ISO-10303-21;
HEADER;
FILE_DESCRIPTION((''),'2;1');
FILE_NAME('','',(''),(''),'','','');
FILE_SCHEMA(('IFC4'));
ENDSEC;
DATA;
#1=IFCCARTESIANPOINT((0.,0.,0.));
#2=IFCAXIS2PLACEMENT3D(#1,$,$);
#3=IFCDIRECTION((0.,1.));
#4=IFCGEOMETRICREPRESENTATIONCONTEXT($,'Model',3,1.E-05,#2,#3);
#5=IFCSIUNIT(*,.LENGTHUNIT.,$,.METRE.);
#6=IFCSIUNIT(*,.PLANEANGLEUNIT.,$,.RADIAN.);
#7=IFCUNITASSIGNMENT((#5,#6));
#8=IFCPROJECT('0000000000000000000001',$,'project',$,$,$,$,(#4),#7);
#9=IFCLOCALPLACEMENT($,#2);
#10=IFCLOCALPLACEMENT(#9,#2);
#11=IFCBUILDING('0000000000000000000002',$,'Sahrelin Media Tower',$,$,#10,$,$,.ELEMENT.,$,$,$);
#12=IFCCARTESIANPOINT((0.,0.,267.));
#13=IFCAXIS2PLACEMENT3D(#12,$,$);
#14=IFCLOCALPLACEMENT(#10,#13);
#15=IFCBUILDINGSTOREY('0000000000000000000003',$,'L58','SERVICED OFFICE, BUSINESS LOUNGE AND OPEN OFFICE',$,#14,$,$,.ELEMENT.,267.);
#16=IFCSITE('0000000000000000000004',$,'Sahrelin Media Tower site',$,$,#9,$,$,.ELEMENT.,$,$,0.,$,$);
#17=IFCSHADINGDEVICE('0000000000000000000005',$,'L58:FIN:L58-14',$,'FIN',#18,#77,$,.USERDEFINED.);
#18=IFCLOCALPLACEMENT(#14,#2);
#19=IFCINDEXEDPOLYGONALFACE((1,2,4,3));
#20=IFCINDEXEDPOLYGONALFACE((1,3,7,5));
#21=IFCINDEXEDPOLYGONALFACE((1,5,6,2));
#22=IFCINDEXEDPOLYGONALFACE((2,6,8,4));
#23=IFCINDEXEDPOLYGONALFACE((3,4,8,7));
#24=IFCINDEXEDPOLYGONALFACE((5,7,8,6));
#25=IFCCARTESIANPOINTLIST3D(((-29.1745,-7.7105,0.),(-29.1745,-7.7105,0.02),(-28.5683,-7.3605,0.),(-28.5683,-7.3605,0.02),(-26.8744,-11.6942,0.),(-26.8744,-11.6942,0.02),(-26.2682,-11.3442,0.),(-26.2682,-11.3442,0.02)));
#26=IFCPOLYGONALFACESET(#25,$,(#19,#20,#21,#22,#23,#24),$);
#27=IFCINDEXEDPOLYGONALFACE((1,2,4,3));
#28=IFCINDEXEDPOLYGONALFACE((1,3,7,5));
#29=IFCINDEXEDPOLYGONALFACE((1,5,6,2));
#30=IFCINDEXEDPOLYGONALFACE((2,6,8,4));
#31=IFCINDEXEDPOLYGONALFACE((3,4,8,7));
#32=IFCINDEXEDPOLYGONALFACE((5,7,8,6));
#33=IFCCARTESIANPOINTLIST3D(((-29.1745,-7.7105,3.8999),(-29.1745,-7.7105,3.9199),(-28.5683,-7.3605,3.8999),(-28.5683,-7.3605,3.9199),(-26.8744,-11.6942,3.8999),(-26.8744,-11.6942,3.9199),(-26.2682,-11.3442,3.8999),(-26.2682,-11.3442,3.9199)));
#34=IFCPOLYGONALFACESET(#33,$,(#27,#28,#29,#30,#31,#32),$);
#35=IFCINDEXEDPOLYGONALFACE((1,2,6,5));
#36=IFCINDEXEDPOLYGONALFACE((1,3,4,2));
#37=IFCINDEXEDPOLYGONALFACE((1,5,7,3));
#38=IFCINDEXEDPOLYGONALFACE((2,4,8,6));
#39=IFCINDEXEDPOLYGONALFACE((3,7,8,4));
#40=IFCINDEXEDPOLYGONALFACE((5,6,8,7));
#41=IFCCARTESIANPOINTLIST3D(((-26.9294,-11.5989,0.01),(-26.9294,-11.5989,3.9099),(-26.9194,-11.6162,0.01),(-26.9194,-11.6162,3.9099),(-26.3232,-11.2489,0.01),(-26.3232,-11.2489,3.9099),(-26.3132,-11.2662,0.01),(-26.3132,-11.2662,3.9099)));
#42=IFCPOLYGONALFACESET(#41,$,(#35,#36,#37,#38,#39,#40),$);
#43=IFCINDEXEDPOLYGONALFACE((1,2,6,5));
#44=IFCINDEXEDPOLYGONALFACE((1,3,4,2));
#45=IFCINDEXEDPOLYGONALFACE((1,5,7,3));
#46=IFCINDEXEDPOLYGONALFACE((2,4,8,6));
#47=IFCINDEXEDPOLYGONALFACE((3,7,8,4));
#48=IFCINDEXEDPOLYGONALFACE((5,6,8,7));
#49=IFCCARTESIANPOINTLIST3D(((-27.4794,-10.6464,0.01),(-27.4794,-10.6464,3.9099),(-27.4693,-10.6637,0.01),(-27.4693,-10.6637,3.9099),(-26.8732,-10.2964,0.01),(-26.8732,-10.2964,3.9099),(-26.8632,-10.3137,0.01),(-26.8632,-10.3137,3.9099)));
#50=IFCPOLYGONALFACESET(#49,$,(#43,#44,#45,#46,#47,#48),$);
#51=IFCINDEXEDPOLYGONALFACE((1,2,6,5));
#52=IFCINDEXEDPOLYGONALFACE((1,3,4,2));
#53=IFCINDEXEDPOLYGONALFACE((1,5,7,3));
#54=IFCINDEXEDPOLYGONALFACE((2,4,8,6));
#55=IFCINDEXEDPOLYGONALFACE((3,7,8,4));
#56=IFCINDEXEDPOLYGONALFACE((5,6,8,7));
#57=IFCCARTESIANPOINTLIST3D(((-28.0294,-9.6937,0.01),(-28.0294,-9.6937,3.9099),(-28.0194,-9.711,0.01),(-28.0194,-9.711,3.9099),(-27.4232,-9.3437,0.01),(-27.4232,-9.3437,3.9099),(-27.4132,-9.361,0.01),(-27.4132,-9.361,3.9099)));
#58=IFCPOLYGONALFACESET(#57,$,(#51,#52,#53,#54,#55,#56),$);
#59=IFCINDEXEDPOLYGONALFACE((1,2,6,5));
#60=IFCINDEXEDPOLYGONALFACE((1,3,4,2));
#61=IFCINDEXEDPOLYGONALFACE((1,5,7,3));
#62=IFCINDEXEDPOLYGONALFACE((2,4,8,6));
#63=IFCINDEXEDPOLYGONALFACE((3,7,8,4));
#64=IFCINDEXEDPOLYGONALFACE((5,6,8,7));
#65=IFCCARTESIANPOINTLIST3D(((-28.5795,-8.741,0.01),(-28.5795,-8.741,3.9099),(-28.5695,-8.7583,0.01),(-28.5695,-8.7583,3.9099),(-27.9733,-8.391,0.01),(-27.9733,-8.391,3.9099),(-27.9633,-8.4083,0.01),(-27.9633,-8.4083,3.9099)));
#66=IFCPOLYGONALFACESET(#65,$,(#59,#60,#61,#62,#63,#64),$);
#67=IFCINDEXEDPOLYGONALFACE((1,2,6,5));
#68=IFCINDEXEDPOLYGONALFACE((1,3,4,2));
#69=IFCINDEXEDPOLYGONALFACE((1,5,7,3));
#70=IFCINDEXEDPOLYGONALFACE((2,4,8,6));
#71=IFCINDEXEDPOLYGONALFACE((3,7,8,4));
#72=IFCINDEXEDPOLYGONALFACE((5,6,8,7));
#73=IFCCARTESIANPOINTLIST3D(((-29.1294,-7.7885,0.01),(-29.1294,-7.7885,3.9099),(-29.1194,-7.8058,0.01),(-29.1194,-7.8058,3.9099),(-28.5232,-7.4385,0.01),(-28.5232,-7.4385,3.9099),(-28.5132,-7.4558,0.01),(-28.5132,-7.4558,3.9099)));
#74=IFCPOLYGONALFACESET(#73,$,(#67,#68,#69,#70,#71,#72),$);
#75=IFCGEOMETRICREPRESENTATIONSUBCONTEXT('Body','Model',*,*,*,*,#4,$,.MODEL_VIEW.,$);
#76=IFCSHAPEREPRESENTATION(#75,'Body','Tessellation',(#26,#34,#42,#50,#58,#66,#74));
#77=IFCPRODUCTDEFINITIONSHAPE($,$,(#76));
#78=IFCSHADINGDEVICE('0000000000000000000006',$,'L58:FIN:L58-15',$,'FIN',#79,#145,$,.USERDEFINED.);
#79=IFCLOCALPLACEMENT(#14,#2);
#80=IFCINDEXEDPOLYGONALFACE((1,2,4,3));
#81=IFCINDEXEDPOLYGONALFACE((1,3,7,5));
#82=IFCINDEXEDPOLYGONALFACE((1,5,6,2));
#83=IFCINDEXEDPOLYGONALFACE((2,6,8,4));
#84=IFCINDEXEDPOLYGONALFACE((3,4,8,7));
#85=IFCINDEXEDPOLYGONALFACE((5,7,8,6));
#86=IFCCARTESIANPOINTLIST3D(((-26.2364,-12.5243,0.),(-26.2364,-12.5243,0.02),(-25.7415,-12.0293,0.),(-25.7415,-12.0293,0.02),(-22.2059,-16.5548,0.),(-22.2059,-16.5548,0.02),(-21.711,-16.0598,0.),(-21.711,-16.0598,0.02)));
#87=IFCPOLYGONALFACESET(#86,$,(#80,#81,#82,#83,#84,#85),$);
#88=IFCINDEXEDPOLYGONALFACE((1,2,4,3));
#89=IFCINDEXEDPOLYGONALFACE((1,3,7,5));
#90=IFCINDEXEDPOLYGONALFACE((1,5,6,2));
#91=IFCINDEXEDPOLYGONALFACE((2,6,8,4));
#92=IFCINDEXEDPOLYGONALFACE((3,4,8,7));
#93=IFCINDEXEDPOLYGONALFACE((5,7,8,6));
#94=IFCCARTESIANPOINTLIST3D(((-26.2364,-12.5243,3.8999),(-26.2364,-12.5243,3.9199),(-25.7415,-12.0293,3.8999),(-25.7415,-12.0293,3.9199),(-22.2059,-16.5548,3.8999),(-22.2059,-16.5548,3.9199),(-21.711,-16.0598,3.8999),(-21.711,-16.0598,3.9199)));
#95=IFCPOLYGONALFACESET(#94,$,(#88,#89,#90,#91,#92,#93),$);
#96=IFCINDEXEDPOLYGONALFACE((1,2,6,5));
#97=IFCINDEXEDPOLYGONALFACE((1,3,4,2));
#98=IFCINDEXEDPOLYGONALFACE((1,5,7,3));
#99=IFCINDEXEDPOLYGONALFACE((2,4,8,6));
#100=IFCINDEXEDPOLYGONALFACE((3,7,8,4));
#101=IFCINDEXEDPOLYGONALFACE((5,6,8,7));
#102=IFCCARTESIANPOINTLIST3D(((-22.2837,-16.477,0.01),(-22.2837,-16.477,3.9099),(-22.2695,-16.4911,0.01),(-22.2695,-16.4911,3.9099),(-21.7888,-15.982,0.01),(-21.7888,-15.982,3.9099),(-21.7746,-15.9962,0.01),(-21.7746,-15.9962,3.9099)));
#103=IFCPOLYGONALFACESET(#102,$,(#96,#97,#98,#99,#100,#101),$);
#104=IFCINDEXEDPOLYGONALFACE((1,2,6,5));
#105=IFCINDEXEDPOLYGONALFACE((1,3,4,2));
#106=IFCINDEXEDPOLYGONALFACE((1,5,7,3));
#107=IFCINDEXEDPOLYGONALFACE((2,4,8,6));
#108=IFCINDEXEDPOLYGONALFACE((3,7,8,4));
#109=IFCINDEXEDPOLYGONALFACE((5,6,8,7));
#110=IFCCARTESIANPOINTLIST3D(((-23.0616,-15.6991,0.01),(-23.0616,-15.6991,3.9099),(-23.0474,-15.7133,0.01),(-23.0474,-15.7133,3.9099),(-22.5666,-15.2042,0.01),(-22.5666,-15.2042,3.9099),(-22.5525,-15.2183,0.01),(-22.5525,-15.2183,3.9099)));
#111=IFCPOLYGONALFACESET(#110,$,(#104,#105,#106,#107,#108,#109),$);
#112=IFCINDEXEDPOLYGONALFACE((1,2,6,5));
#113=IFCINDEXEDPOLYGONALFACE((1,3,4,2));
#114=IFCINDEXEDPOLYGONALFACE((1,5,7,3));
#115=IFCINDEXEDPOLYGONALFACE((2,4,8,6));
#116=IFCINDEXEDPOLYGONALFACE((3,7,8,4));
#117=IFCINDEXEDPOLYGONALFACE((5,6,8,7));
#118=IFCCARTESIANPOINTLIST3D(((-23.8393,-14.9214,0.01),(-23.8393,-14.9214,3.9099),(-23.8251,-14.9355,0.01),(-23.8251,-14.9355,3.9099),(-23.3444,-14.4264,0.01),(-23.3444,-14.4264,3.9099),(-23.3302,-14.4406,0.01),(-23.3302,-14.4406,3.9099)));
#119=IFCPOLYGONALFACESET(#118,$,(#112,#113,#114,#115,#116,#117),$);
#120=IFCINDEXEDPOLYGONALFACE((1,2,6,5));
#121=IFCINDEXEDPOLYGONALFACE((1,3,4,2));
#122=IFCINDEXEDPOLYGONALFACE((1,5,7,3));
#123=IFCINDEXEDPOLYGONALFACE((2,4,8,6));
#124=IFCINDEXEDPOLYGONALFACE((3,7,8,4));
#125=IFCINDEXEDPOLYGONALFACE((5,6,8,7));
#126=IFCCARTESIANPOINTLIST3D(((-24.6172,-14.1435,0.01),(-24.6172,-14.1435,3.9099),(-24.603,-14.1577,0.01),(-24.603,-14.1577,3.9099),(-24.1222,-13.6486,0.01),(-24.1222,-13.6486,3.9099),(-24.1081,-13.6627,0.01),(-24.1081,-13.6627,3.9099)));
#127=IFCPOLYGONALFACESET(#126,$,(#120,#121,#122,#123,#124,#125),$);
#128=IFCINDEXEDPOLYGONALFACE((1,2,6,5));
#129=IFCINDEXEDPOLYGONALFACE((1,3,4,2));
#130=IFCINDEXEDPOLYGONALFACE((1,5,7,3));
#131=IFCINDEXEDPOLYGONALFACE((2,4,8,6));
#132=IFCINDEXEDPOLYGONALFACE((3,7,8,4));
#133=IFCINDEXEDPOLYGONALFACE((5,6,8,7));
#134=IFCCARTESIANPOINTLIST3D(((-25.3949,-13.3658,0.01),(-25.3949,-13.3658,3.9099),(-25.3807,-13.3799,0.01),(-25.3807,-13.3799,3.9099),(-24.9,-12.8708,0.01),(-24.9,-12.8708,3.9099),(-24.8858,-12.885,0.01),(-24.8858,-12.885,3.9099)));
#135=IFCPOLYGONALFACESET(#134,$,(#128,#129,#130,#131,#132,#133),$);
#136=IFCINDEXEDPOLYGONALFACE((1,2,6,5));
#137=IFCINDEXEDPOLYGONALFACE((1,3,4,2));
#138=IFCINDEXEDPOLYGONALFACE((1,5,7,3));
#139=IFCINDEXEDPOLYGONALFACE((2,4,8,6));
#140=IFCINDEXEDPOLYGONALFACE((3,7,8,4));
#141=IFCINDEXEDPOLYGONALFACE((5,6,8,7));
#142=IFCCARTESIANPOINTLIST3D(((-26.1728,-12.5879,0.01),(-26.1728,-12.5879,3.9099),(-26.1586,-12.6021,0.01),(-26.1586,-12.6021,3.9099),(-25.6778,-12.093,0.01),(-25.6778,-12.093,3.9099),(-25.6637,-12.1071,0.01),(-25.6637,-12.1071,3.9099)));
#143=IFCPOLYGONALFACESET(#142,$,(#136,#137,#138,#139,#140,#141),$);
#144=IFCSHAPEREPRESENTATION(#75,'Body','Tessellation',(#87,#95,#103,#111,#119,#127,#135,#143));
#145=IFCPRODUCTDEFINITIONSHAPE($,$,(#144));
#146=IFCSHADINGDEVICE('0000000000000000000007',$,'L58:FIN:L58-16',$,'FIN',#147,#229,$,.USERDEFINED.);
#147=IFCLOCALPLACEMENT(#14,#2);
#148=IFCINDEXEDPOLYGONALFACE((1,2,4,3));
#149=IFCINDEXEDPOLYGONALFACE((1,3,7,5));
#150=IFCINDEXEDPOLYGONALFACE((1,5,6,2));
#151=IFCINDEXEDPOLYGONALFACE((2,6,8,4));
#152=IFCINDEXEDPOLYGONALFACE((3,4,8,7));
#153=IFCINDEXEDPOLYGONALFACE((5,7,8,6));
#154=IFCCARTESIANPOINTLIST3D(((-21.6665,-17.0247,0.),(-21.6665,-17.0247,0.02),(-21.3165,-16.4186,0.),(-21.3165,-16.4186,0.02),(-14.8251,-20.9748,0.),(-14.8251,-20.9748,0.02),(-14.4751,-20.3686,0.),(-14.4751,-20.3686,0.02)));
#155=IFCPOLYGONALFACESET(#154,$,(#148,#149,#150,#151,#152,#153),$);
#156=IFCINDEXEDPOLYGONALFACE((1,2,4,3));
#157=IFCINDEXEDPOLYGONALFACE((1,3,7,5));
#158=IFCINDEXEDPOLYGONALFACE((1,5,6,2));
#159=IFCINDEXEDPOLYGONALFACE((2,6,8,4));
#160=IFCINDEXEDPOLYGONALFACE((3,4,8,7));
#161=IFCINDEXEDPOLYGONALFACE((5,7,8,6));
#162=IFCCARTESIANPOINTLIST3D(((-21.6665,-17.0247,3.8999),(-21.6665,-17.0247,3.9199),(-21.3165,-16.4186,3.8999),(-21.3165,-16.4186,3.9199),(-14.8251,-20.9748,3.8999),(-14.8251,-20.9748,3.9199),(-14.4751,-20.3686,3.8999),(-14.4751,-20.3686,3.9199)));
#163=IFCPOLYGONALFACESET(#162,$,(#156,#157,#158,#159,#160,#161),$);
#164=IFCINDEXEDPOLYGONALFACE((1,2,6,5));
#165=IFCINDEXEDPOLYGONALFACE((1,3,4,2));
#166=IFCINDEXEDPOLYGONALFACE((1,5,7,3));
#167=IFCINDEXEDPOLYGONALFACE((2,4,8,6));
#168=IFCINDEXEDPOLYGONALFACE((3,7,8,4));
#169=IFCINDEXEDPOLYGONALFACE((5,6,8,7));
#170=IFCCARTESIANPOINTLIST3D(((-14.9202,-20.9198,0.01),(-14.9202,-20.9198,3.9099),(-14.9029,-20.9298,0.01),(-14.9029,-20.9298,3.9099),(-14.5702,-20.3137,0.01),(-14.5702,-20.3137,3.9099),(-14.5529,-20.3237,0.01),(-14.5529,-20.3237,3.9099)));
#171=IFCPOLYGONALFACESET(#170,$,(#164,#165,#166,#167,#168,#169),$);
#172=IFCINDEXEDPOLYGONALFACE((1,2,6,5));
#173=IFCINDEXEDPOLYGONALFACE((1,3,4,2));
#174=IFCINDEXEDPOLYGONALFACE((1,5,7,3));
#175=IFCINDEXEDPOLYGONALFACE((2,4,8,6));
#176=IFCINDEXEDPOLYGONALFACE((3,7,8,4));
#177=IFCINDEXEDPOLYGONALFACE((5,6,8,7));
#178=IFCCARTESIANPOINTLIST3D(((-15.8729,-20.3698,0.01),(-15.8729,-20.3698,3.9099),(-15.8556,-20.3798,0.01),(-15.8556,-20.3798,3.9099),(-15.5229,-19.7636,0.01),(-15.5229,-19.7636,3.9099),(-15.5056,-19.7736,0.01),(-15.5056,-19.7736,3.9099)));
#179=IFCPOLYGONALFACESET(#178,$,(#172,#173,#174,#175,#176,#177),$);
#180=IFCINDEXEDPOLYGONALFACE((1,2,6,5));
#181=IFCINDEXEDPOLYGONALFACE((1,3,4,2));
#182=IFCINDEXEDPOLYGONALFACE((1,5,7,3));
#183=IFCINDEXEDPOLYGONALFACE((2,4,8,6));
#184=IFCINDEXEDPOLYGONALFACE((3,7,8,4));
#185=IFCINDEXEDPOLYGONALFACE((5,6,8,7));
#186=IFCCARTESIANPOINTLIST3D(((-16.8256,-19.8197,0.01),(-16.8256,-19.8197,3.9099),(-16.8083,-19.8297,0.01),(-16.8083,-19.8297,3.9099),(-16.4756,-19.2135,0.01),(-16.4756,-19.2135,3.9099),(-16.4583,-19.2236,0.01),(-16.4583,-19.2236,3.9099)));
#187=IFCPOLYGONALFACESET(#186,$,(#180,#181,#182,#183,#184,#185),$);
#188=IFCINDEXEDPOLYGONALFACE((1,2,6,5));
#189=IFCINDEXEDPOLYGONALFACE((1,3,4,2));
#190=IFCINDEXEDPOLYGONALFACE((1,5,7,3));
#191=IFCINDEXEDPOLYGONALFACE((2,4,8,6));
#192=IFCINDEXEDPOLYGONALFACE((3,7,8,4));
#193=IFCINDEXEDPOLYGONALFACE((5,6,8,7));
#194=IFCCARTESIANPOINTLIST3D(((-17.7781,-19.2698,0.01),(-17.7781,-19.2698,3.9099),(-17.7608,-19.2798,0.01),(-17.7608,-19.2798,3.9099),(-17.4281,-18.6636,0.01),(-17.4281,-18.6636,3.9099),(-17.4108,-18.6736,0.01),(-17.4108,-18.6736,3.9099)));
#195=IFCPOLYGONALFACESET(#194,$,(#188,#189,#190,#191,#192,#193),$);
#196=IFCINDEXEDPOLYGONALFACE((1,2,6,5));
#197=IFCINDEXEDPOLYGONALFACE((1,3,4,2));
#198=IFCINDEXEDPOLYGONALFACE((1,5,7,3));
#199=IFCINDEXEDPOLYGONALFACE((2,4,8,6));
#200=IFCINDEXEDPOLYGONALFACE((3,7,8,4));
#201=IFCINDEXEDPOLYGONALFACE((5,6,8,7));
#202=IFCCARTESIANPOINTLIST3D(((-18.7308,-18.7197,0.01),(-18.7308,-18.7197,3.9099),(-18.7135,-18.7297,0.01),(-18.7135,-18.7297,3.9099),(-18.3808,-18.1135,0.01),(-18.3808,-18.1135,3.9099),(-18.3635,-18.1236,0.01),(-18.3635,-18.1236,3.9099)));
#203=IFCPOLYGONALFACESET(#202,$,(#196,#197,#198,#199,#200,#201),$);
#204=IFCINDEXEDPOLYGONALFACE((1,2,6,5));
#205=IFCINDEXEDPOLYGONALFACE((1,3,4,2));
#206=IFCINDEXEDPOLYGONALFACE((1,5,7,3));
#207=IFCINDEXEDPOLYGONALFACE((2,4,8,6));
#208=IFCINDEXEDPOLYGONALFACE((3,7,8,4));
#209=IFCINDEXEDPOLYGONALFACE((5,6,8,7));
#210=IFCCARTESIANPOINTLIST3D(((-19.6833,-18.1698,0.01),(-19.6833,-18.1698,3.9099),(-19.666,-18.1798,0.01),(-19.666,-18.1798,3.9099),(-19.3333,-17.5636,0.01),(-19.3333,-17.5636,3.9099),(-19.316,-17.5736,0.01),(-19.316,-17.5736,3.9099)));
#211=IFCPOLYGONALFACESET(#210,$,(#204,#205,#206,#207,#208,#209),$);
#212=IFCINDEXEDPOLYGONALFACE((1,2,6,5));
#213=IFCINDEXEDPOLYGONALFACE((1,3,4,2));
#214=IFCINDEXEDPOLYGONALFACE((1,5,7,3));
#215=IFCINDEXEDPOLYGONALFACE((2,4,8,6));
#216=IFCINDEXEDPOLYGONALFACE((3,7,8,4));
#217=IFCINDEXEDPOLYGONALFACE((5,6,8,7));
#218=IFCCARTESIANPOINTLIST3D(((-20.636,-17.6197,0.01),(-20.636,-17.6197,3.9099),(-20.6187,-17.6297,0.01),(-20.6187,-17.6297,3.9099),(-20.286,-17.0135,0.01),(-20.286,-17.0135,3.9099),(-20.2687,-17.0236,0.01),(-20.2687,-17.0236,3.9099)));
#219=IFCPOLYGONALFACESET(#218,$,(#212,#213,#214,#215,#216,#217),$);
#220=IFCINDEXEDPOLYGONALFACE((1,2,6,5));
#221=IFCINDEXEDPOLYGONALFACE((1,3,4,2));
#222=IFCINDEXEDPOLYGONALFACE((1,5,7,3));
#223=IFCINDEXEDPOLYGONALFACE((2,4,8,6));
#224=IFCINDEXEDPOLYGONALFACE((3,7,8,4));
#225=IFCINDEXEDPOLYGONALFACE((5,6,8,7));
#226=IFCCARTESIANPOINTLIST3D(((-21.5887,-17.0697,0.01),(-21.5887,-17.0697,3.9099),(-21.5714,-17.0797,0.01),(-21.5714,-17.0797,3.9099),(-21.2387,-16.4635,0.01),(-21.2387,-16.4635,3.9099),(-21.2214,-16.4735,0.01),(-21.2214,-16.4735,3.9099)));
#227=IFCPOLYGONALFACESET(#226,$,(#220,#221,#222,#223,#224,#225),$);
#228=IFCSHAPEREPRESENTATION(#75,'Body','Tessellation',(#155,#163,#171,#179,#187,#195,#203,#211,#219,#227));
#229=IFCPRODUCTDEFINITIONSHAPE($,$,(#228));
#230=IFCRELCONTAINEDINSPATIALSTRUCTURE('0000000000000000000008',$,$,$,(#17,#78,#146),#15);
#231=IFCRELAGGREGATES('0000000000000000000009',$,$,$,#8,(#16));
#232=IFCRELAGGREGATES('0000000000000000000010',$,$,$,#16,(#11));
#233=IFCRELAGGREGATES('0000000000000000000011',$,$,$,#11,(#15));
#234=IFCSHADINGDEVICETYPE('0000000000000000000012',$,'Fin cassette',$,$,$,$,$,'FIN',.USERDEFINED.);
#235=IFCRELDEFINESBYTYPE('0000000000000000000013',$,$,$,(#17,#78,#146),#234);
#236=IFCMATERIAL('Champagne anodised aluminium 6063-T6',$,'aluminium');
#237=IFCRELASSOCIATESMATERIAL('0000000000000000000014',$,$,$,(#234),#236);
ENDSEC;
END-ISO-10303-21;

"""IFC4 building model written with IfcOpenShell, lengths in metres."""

from ifc_helpers import new_model, si_unit, direction, frame, origin, origin_2d, place, context, subcontext, project, spatial, rectangle, extrude, material, type_object, element, save


model = new_model("IFC4")

# Units and contexts
model_context = context("Model", 3, precision=1e-05, world=origin(), true_north=direction((0.0, 1.0)))
body_context = subcontext(model_context, "Body", "Model", "MODEL_VIEW")
ifc_project = project(units=[si_unit("LENGTHUNIT", "METRE"), si_unit("PLANEANGLEUNIT", "RADIAN")], contexts=[model_context])

# Site, building, storey
site_placement = place(None, origin())
site = spatial("IfcSite", under=ifc_project, at=site_placement, Name="Sahrelin Media Tower site", CompositionType="ELEMENT", RefElevation=0.0)
building_placement = place(site_placement, origin())
building = spatial("IfcBuilding", under=site, at=building_placement, Name="Sahrelin Media Tower", CompositionType="ELEMENT")
storey_placement = place(building_placement, frame((0.0, 0.0, 267.0)))
storey = spatial("IfcBuildingStorey", under=building, at=storey_placement, Name="L58", Description="SERVICED OFFICE, BUSINESS LOUNGE AND OPEN OFFICE", CompositionType="ELEMENT", Elevation=267.0)

# Shared definitions
ifc_material_1 = material(Name="Champagne anodised aluminium 6063-T6", Category="aluminium")

# Shading devices
shading_device_type_1 = type_object("IfcShadingDeviceType", Name="Fin cassette", ElementType="FIN", PredefinedType="USERDEFINED", material=ifc_material_1)
placement_1 = place(storey_placement, frame((-27.3577, -9.3174, 0.0), z_axis=(0.0, 0.0, 1.0), x_axis=(-0.500011, 0.866019, 0.0)))
element("IfcShadingDevice", 1, at=placement_1, inside=storey, type_object=shading_device_type_1, Name="L58:FIN:L58-14", ObjectType="FIN", PredefinedType="USERDEFINED", context=body_context, shape_type="SweptSolid", body=[
    extrude(rectangle(XDim=4.6001, YDim=0.7, at=origin_2d()), frame((0.0, 0.4199, 0.0)), (0.0, 0.0, 1.0), 0.02),
    extrude(rectangle(XDim=4.6001, YDim=0.7, at=origin_2d()), frame((0.0, 0.4199, 3.8999)), (0.0, 0.0, 1.0), 0.02),
    extrude(rectangle(XDim=0.02, YDim=0.7, at=origin_2d()), frame((-2.2, 0.4199, 0.01), z_axis=(0.0, 0.0, 1.0), x_axis=(1.0, 0.0, 0.0)), (0.0, 0.0, 1.0), 3.8999),
    extrude(rectangle(XDim=0.02, YDim=0.7, at=origin_2d()), frame((-1.1001, 0.4199, 0.01), z_axis=(0.0, 0.0, 1.0), x_axis=(1.0, 0.0, 0.0)), (0.0, 0.0, 1.0), 3.8999),
    extrude(rectangle(XDim=0.02, YDim=0.7, at=origin_2d()), frame((0.0, 0.4199, 0.01), z_axis=(0.0, 0.0, 1.0), x_axis=(1.0, 0.0, 0.0)), (0.0, 0.0, 1.0), 3.8999),
    extrude(rectangle(XDim=0.02, YDim=0.7, at=origin_2d()), frame((1.1001, 0.4199, 0.01), z_axis=(0.0, 0.0, 1.0), x_axis=(1.0, 0.0, 0.0)), (0.0, 0.0, 1.0), 3.8999),
    extrude(rectangle(XDim=0.02, YDim=0.7, at=origin_2d()), frame((2.2, 0.4199, 0.01), z_axis=(0.0, 0.0, 1.0), x_axis=(1.0, 0.0, 0.0)), (0.0, 0.0, 1.0), 3.8999),
])
placement_2 = place(storey_placement, frame((-23.6768, -13.9951, 0.0), z_axis=(0.0, 0.0, 1.0), x_axis=(-0.707107, 0.707107, 0.0)))
element("IfcShadingDevice", 2, at=placement_2, inside=storey, type_object=shading_device_type_1, Name="L58:FIN:L58-15", ObjectType="FIN", PredefinedType="USERDEFINED", context=body_context, shape_type="SweptSolid", body=[
    extrude(rectangle(XDim=5.7, YDim=0.7, at=origin_2d()), frame((0.0, 0.4199, 0.0)), (0.0, 0.0, 1.0), 0.02),
    extrude(rectangle(XDim=5.7, YDim=0.7, at=origin_2d()), frame((0.0, 0.4199, 3.8999)), (0.0, 0.0, 1.0), 0.02),
    extrude(rectangle(XDim=0.02, YDim=0.7, at=origin_2d()), frame((-2.75, 0.4199, 0.01), z_axis=(0.0, 0.0, 1.0), x_axis=(1.0, 0.0, 0.0)), (0.0, 0.0, 1.0), 3.8999),
    extrude(rectangle(XDim=0.02, YDim=0.7, at=origin_2d()), frame((-1.6499, 0.4199, 0.01), z_axis=(0.0, 0.0, 1.0), x_axis=(1.0, 0.0, 0.0)), (0.0, 0.0, 1.0), 3.8999),
    extrude(rectangle(XDim=0.02, YDim=0.7, at=origin_2d()), frame((-0.55, 0.4199, 0.01), z_axis=(0.0, 0.0, 1.0), x_axis=(1.0, 0.0, 0.0)), (0.0, 0.0, 1.0), 3.8999),
    extrude(rectangle(XDim=0.02, YDim=0.7, at=origin_2d()), frame((0.55, 0.4199, 0.01), z_axis=(0.0, 0.0, 1.0), x_axis=(1.0, 0.0, 0.0)), (0.0, 0.0, 1.0), 3.8999),
    extrude(rectangle(XDim=0.02, YDim=0.7, at=origin_2d()), frame((1.6499, 0.4199, 0.01), z_axis=(0.0, 0.0, 1.0), x_axis=(1.0, 0.0, 0.0)), (0.0, 0.0, 1.0), 3.8999),
    extrude(rectangle(XDim=0.02, YDim=0.7, at=origin_2d()), frame((2.75, 0.4199, 0.01), z_axis=(0.0, 0.0, 1.0), x_axis=(1.0, 0.0, 0.0)), (0.0, 0.0, 1.0), 3.8999),
])
placement_3 = place(storey_placement, frame((-17.8608, -18.333, 0.0), z_axis=(0.0, 0.0, 1.0), x_axis=(-0.866019, 0.500011, 0.0)))
element("IfcShadingDevice", 3, at=placement_3, inside=storey, type_object=shading_device_type_1, Name="L58:FIN:L58-16", ObjectType="FIN", PredefinedType="USERDEFINED", context=body_context, shape_type="SweptSolid", body=[
    extrude(rectangle(XDim=7.8999, YDim=0.7, at=origin_2d()), frame((0.0, 0.4199, 0.0)), (0.0, 0.0, 1.0), 0.02),
    extrude(rectangle(XDim=7.8999, YDim=0.7, at=origin_2d()), frame((0.0, 0.4199, 3.8999)), (0.0, 0.0, 1.0), 0.02),
    extrude(rectangle(XDim=0.02, YDim=0.7, at=origin_2d()), frame((-3.8501, 0.4199, 0.01), z_axis=(0.0, 0.0, 1.0), x_axis=(1.0, 0.0, 0.0)), (0.0, 0.0, 1.0), 3.8999),
    extrude(rectangle(XDim=0.02, YDim=0.7, at=origin_2d()), frame((-2.75, 0.4199, 0.01), z_axis=(0.0, 0.0, 1.0), x_axis=(1.0, 0.0, 0.0)), (0.0, 0.0, 1.0), 3.8999),
    extrude(rectangle(XDim=0.02, YDim=0.7, at=origin_2d()), frame((-1.6499, 0.4199, 0.01), z_axis=(0.0, 0.0, 1.0), x_axis=(1.0, 0.0, 0.0)), (0.0, 0.0, 1.0), 3.8999),
    extrude(rectangle(XDim=0.02, YDim=0.7, at=origin_2d()), frame((-0.55, 0.4199, 0.01), z_axis=(0.0, 0.0, 1.0), x_axis=(1.0, 0.0, 0.0)), (0.0, 0.0, 1.0), 3.8999),
    extrude(rectangle(XDim=0.02, YDim=0.7, at=origin_2d()), frame((0.55, 0.4199, 0.01), z_axis=(0.0, 0.0, 1.0), x_axis=(1.0, 0.0, 0.0)), (0.0, 0.0, 1.0), 3.8999),
    extrude(rectangle(XDim=0.02, YDim=0.7, at=origin_2d()), frame((1.6499, 0.4199, 0.01), z_axis=(0.0, 0.0, 1.0), x_axis=(1.0, 0.0, 0.0)), (0.0, 0.0, 1.0), 3.8999),
    extrude(rectangle(XDim=0.02, YDim=0.7, at=origin_2d()), frame((2.75, 0.4199, 0.01), z_axis=(0.0, 0.0, 1.0), x_axis=(1.0, 0.0, 0.0)), (0.0, 0.0, 1.0), 3.8999),
    extrude(rectangle(XDim=0.02, YDim=0.7, at=origin_2d()), frame((3.8501, 0.4199, 0.01), z_axis=(0.0, 0.0, 1.0), x_axis=(1.0, 0.0, 0.0)), (0.0, 0.0, 1.0), 3.8999),
])

save(model, "model.ifc")
